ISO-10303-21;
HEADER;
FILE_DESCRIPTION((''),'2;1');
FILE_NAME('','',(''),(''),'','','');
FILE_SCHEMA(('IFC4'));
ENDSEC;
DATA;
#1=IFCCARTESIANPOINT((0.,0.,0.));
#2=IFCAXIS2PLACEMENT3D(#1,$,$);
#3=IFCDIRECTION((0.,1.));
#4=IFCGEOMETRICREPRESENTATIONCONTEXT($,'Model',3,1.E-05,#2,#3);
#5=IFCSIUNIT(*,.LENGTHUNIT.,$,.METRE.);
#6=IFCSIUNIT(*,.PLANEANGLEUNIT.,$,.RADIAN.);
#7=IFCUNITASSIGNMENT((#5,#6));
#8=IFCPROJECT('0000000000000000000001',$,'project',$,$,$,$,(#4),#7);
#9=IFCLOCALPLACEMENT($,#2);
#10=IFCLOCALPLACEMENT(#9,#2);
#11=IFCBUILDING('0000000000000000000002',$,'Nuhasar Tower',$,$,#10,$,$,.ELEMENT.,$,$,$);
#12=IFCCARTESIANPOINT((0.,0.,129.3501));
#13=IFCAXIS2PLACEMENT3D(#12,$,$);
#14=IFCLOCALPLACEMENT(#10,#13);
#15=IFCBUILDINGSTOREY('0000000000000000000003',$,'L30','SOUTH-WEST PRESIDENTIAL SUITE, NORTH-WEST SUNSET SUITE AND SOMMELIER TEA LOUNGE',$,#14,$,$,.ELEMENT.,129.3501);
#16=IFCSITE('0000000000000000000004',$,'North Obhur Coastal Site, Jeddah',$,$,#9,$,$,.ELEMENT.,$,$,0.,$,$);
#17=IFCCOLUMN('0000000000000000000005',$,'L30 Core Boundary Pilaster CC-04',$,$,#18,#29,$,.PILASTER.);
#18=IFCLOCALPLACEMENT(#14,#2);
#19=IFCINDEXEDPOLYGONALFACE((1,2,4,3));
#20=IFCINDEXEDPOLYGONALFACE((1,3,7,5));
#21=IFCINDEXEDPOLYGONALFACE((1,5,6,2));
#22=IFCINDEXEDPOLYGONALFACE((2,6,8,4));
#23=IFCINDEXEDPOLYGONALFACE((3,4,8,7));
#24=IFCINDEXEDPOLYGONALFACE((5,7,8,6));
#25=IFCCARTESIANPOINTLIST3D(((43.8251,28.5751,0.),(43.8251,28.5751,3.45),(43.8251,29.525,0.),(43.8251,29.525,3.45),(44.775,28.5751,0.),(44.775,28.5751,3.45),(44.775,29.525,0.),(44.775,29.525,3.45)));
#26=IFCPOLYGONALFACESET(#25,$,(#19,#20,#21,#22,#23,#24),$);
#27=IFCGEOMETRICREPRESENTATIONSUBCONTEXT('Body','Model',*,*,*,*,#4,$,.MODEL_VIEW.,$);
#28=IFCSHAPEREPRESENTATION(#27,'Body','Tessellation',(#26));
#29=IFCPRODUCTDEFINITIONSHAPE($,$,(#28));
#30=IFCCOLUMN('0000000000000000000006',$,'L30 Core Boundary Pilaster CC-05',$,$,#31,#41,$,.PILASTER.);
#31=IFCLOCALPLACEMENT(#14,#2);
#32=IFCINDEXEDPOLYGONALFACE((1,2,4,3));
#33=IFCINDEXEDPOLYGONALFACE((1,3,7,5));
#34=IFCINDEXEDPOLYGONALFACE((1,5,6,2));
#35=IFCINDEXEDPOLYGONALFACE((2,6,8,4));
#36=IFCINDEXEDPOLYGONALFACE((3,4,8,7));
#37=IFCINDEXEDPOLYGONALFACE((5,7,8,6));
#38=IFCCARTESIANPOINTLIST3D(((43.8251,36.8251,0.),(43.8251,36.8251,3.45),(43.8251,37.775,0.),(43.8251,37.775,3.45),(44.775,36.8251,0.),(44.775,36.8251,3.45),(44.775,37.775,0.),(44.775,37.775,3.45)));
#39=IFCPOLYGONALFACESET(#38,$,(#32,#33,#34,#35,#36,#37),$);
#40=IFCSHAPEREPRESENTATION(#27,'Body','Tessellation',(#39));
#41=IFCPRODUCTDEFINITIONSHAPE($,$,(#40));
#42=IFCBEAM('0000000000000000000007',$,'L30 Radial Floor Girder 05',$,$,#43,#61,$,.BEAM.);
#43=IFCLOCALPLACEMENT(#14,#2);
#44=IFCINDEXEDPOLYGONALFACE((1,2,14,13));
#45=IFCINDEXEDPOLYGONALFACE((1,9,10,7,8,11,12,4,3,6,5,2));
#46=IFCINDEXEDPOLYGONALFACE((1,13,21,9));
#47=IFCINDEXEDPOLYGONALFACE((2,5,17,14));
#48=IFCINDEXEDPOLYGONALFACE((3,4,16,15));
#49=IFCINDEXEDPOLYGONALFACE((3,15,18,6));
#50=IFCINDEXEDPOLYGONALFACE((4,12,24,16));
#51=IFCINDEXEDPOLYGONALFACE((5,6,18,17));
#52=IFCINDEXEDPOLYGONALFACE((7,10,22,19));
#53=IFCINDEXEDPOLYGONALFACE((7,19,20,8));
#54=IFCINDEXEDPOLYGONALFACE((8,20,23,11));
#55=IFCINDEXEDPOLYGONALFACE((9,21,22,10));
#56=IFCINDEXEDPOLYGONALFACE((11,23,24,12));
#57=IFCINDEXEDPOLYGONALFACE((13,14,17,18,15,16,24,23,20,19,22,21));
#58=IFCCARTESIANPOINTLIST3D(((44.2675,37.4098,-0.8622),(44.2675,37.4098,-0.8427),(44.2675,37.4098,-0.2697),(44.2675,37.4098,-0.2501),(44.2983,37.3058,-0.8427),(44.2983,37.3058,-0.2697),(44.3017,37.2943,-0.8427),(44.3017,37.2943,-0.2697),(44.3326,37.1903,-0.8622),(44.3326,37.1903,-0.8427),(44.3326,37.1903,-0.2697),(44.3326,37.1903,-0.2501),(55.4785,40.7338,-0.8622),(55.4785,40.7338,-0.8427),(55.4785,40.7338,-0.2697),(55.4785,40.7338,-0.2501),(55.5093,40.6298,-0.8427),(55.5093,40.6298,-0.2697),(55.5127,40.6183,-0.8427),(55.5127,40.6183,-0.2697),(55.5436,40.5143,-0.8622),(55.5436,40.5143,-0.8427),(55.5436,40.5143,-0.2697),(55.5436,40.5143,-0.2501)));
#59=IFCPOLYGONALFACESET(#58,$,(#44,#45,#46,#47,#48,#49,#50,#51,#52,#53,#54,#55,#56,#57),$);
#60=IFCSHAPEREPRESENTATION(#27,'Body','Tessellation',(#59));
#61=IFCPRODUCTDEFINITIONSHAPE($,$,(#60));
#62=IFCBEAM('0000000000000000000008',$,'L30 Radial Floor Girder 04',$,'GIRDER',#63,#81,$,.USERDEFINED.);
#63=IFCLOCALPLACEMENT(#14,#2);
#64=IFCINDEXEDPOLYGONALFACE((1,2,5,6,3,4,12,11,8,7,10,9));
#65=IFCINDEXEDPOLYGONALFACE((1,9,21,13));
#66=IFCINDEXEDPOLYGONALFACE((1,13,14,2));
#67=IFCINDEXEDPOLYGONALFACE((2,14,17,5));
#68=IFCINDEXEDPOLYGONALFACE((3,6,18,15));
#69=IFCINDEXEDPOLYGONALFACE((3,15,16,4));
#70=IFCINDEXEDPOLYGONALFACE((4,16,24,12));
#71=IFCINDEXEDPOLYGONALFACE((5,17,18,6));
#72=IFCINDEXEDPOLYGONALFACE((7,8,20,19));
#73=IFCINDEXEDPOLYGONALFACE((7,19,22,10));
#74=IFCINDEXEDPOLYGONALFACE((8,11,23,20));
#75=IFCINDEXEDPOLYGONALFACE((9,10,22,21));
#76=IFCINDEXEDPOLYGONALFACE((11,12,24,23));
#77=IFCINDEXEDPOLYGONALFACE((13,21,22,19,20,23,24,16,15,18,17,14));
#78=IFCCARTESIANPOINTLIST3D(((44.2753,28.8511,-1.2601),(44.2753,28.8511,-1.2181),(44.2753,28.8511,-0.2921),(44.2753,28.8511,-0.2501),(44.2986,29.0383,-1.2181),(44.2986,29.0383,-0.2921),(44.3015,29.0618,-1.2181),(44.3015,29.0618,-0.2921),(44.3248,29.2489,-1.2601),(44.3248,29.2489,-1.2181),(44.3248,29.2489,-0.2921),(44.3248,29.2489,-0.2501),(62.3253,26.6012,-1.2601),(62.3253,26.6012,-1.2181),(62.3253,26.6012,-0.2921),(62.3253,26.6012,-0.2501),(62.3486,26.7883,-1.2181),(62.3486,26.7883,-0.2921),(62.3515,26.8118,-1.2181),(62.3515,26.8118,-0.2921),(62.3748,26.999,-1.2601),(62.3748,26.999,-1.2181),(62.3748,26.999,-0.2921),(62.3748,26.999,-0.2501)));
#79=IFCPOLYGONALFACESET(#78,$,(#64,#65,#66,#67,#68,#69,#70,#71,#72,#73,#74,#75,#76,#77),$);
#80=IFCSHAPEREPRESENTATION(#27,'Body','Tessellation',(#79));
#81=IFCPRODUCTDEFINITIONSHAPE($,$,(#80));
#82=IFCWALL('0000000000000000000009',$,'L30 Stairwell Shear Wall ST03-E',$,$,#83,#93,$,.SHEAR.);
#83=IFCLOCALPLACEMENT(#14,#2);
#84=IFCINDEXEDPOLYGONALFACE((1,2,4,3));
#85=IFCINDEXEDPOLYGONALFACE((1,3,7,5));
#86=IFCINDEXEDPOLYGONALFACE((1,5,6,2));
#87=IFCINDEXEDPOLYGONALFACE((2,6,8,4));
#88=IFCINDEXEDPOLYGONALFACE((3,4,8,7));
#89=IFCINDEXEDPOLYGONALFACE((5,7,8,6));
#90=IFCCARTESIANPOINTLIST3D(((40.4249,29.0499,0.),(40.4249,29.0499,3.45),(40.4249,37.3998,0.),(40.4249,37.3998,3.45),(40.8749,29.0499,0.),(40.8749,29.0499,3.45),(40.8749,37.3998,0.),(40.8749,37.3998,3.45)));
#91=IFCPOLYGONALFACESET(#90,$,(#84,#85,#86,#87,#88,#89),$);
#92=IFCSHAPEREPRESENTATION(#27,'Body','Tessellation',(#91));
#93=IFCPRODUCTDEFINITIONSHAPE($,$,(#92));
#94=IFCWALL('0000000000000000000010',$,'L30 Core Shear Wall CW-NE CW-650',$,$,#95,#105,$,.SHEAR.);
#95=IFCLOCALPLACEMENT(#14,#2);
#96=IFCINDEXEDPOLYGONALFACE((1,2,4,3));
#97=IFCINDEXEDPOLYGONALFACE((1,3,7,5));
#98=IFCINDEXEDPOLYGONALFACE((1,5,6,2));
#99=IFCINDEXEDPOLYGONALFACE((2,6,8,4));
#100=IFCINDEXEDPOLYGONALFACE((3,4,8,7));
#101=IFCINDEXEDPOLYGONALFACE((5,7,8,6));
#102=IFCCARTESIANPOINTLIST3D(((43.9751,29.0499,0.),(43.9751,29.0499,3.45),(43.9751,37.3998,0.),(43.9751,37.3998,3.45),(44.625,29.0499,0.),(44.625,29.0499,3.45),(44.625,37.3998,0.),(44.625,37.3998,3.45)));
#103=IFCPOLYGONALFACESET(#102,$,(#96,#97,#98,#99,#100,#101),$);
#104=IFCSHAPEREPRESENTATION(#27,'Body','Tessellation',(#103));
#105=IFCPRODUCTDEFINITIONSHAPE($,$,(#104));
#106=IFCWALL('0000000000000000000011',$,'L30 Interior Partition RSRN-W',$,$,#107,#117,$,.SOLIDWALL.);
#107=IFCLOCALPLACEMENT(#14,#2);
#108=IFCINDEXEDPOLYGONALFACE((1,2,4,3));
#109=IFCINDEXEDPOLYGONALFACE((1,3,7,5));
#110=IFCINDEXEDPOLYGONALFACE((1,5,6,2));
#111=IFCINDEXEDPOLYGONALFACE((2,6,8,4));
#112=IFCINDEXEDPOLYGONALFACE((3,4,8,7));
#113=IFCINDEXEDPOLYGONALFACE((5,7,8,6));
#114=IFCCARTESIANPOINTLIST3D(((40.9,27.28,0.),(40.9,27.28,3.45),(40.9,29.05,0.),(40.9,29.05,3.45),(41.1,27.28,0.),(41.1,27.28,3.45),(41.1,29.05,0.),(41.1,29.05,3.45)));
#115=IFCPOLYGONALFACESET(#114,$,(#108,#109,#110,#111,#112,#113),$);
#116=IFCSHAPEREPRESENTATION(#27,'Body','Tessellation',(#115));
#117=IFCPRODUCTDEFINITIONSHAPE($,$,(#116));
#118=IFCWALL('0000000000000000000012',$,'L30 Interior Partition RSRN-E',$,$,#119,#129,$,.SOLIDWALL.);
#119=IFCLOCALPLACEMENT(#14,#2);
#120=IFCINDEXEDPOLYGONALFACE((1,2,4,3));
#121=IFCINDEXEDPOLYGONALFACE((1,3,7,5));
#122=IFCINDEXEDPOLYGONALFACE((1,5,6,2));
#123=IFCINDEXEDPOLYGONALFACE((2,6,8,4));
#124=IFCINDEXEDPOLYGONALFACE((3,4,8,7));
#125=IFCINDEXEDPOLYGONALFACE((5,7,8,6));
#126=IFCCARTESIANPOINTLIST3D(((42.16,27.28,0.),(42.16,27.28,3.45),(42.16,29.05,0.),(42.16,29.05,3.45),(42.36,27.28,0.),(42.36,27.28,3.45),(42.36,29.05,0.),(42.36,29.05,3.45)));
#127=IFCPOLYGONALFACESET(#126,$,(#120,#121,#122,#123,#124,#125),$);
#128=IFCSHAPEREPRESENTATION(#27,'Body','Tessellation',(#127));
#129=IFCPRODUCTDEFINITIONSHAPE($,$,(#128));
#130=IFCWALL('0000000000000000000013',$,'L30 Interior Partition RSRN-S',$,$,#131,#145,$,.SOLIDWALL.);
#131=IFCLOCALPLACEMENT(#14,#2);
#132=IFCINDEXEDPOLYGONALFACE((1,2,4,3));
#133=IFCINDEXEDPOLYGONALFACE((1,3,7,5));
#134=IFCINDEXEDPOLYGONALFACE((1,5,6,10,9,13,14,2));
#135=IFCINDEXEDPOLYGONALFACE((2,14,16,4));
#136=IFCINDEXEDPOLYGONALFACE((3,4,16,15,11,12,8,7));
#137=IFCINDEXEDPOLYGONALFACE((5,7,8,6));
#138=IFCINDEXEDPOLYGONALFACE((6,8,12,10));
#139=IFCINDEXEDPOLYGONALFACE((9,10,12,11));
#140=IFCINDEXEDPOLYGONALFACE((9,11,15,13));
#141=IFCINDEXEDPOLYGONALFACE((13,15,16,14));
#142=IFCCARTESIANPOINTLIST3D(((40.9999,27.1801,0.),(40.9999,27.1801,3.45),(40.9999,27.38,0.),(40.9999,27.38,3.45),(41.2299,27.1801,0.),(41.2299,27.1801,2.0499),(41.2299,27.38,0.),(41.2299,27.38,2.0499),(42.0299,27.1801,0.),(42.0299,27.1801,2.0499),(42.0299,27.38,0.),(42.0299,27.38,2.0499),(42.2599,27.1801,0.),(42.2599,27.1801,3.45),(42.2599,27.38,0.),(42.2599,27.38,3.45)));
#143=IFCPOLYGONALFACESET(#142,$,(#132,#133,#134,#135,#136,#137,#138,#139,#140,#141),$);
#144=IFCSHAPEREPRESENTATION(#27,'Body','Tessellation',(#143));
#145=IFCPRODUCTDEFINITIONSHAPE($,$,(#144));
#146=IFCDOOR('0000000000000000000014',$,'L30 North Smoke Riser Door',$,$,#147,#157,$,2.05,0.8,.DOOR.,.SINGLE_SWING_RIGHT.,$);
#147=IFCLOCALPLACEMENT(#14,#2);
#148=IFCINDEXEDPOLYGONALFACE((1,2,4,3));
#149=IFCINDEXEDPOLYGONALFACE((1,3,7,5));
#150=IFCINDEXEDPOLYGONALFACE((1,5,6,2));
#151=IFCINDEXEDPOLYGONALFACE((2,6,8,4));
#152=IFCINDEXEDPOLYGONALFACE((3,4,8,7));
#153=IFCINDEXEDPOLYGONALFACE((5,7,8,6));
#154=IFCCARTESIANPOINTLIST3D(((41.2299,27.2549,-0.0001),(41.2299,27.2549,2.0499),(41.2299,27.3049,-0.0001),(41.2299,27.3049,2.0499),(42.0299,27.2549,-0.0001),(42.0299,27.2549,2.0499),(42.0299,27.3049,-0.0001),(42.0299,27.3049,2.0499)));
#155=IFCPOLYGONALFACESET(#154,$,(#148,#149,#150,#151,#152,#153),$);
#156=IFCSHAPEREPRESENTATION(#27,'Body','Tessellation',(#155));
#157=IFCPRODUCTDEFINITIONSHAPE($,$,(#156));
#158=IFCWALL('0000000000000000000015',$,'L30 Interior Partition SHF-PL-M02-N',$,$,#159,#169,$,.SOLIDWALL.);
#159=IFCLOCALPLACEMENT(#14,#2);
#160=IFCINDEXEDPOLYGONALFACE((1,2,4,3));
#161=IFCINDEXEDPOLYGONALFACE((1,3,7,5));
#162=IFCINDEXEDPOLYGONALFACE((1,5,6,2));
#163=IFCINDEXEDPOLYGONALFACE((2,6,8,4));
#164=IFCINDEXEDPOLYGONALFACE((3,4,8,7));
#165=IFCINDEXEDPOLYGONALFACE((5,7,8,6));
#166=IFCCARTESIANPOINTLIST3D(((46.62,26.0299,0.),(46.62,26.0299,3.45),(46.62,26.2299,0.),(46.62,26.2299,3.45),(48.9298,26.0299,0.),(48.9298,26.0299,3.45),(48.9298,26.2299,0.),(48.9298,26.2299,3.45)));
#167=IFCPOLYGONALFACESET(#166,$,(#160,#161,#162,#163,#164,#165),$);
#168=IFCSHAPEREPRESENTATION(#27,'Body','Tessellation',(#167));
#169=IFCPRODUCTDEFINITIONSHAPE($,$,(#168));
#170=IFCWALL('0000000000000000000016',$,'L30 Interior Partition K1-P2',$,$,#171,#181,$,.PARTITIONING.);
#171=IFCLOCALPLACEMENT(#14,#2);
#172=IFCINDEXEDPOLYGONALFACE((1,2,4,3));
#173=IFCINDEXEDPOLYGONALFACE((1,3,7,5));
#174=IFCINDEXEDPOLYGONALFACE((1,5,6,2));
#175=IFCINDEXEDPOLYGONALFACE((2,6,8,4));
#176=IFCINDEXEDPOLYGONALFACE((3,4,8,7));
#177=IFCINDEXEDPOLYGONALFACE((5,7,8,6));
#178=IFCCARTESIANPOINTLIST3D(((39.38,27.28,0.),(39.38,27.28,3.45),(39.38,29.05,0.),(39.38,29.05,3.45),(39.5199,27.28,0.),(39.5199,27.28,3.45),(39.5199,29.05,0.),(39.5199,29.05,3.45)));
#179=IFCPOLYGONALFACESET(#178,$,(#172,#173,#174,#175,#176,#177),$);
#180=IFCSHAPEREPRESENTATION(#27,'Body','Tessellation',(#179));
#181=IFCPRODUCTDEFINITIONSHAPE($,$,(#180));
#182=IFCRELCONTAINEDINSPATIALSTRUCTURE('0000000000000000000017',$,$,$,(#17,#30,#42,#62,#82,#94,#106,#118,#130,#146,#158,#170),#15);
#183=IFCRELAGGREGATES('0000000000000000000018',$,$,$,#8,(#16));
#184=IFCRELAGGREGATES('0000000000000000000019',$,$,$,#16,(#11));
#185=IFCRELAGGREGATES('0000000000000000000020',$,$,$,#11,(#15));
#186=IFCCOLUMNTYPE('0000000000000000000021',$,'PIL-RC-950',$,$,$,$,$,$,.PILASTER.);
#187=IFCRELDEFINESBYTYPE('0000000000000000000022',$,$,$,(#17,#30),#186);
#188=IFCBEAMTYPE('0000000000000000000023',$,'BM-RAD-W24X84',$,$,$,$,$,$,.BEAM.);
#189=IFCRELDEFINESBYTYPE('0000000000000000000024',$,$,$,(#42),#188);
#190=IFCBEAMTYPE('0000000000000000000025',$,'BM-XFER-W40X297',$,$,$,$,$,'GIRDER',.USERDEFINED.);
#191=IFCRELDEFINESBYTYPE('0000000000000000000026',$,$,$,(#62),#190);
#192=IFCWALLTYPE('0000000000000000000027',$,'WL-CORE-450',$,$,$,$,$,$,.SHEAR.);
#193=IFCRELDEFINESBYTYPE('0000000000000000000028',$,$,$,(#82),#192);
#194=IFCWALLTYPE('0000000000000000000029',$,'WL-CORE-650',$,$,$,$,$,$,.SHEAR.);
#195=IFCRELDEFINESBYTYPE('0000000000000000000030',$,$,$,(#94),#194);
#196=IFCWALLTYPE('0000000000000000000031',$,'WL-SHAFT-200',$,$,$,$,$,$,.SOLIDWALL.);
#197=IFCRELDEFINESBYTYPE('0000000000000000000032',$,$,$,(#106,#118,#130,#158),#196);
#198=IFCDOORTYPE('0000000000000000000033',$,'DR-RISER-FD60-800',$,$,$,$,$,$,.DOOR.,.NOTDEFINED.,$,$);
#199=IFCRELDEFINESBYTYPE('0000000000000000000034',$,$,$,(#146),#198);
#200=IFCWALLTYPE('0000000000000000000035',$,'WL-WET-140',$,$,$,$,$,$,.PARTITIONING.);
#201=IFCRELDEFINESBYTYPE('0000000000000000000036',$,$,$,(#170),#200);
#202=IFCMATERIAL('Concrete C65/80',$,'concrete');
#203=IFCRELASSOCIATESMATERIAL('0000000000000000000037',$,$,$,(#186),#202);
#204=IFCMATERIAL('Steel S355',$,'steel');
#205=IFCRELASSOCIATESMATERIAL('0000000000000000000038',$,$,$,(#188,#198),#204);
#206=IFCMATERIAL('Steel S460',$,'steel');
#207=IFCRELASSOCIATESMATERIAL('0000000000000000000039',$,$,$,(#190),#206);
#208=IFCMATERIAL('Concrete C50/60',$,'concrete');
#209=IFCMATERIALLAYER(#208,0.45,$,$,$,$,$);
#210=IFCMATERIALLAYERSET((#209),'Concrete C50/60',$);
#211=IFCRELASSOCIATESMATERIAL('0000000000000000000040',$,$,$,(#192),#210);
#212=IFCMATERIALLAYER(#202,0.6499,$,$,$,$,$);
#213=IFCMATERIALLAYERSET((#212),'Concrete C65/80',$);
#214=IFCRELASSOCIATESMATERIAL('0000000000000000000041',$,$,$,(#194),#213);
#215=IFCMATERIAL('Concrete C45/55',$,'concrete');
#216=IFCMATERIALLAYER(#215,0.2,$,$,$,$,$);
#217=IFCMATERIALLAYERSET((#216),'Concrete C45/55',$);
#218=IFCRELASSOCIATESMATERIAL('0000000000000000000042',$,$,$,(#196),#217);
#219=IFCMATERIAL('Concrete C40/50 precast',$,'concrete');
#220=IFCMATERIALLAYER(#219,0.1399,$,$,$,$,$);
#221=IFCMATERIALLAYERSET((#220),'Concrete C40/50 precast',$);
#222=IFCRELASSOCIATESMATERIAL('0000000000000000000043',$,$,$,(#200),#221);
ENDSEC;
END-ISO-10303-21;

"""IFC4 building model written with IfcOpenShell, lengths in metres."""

from ifc_helpers import new_model, si_unit, direction, frame, frame_2d, origin, origin_2d, place, context, subcontext, project, spatial, rectangle, i_section, extrude, material, layer, layer_set, material_profile, profile_set, type_object, element, fill, save


model = new_model("IFC4")

# Units and contexts
model_context = context("Model", 3, precision=1e-05, world=origin(), true_north=direction((0.0, 1.0)))
body_context = subcontext(model_context, "Body", "Model", "MODEL_VIEW")
ifc_project = project(units=[si_unit("LENGTHUNIT", "METRE"), si_unit("PLANEANGLEUNIT", "RADIAN")], contexts=[model_context])

# Site, building, storey
site_placement = place(None, origin())
site = spatial("IfcSite", under=ifc_project, at=site_placement, Name="North Obhur Coastal Site, Jeddah", CompositionType="ELEMENT", RefElevation=0.0)
building_placement = place(site_placement, origin())
building = spatial("IfcBuilding", under=site, at=building_placement, Name="Nuhasar Tower", CompositionType="ELEMENT")
storey_placement = place(building_placement, frame((0.0, 0.0, 129.3501)))
storey = spatial("IfcBuildingStorey", under=building, at=storey_placement, Name="L30", Description="SOUTH-WEST PRESIDENTIAL SUITE, NORTH-WEST SUNSET SUITE AND SOMMELIER TEA LOUNGE", CompositionType="ELEMENT", Elevation=129.3501)

# Columns
ifc_material_1 = material(Name="Concrete C65/80", Category="concrete")
ifc_material_profile_1 = material_profile(ifc_material_1, rectangle(XDim=0.95, YDim=0.95, at=origin_2d()), Name="RC950X950")
ifc_profile_set_1 = profile_set([ifc_material_profile_1], Name="Concrete C65/80")
column_type = type_object("IfcColumnType", Name="PIL-RC-950", PredefinedType="PILASTER", material=ifc_profile_set_1)
for number, where, z_axis, x_axis, name in (
    (1, (44.3, 29.05, 0.0), (0.0, 0.0, 1.0), (1.0, 0.0, 0.0), "L30 Core Boundary Pilaster CC-04"),
    (2, (44.3, 37.3, 0.0), (0.0, 0.0, 1.0), (1.0, 0.0, 0.0), "L30 Core Boundary Pilaster CC-05"),
):
    element("IfcColumn", number, at=place(storey_placement, frame(where, z_axis=z_axis, x_axis=x_axis)), inside=storey, type_object=column_type, Name=name, PredefinedType="PILASTER", context=body_context, shape_type="SweptSolid", body=[
        extrude(rectangle(XDim=0.95, YDim=0.95, at=origin_2d()), origin(), (0.0, 0.0, 1.0), 3.45),
    ])

# Beams
ifc_material_2 = material(Name="Steel S355", Category="steel")
ifc_material_profile_2 = material_profile(ifc_material_2, i_section(OverallWidth=0.229, OverallDepth=0.6121, WebThickness=0.012, FlangeThickness=0.0195, at=origin_2d()), Name="W24X84")
ifc_profile_set_2 = profile_set([ifc_material_profile_2], Name="Steel S355")
beam_type_1 = type_object("IfcBeamType", Name="BM-RAD-W24X84", PredefinedType="BEAM", material=ifc_profile_set_2)
beam_1_placement = place(storey_placement, frame((44.3, 37.3, -0.5562), z_axis=(0.958746, 0.284262, 0.0), x_axis=(-0.284262, 0.958746, 0.0)))
element("IfcBeam", 3, at=beam_1_placement, inside=storey, type_object=beam_type_1, Name="L30 Radial Floor Girder 05", PredefinedType="BEAM", context=body_context, shape_type="SweptSolid", body=[
    extrude(i_section(OverallWidth=0.229, OverallDepth=0.6121, WebThickness=0.012, FlangeThickness=0.0195, at=origin_2d()), origin(), (0.0, 0.0, 1.0), 11.6934),
])
ifc_material_3 = material(Name="Steel S460", Category="steel")
ifc_material_profile_3 = material_profile(ifc_material_3, i_section(OverallWidth=0.4009, OverallDepth=1.01, WebThickness=0.0237, FlangeThickness=0.042, at=origin_2d()), Name="W40X297")
ifc_profile_set_3 = profile_set([ifc_material_profile_3], Name="Steel S460")
beam_type_2 = type_object("IfcBeamType", Name="BM-XFER-W40X297", ElementType="GIRDER", PredefinedType="USERDEFINED", material=ifc_profile_set_3)
beam_2_placement = place(storey_placement, frame((44.3, 29.05, -0.7551), z_axis=(0.99232, -0.123696, 0.0), x_axis=(0.123696, 0.99232, 0.0)))
element("IfcBeam", 4, at=beam_2_placement, inside=storey, type_object=beam_type_2, Name="L30 Radial Floor Girder 04", ObjectType="GIRDER", PredefinedType="USERDEFINED", context=body_context, shape_type="SweptSolid", body=[
    extrude(i_section(OverallWidth=0.4009, OverallDepth=1.01, WebThickness=0.0237, FlangeThickness=0.042, at=origin_2d()), origin(), (0.0, 0.0, 1.0), 18.1897),
])

# Shared definitions
ifc_material_4 = material(Name="Concrete C50/60", Category="concrete")
ifc_layer_1 = layer(ifc_material_4, 0.45)
ifc_layer_set_1 = layer_set([ifc_layer_1], Name="Concrete C50/60")
wall_type_1 = type_object("IfcWallType", Name="WL-CORE-450", PredefinedType="SHEAR", material=ifc_layer_set_1)

# Walls
wall_1_placement = place(storey_placement, frame((40.6499, 29.05, 0.0), z_axis=(0.0, 0.0, 1.0), x_axis=(0.0, 1.0, 0.0)))
element("IfcWall", 5, at=wall_1_placement, inside=storey, type_object=wall_type_1, Name="L30 Stairwell Shear Wall ST03-E", PredefinedType="SHEAR", context=body_context, shape_type="SweptSolid", body=[
    extrude(rectangle(XDim=8.3499, YDim=0.45, at=frame_2d((4.1748, 0.0))), origin(), (0.0, 0.0, 1.0), 3.45),
])
ifc_layer_2 = layer(ifc_material_1, 0.6499)
ifc_layer_set_2 = layer_set([ifc_layer_2], Name="Concrete C65/80")
wall_type_2 = type_object("IfcWallType", Name="WL-CORE-650", PredefinedType="SHEAR", material=ifc_layer_set_2)
wall_2_placement = place(storey_placement, frame((44.3, 29.05, 0.0), z_axis=(0.0, 0.0, 1.0), x_axis=(0.0, 1.0, 0.0)))
element("IfcWall", 6, at=wall_2_placement, inside=storey, type_object=wall_type_2, Name="L30 Core Shear Wall CW-NE CW-650", PredefinedType="SHEAR", context=body_context, shape_type="SweptSolid", body=[
    extrude(rectangle(XDim=8.3499, YDim=0.6499, at=frame_2d((4.1748, 0.0))), origin(), (0.0, 0.0, 1.0), 3.45),
])
ifc_material_5 = material(Name="Concrete C45/55", Category="concrete")
ifc_layer_3 = layer(ifc_material_5, 0.2)
ifc_layer_set_3 = layer_set([ifc_layer_3], Name="Concrete C45/55")
wall_type_3 = type_object("IfcWallType", Name="WL-SHAFT-200", PredefinedType="SOLIDWALL", material=ifc_layer_set_3)
for number, where, z_axis, x_axis, name in (
    (7, (41.0, 27.28, 0.0), (0.0, 0.0, 1.0), (0.0, 1.0, 0.0), "L30 Interior Partition RSRN-W"),
    (8, (42.26, 27.28, 0.0), (0.0, 0.0, 1.0), (0.0, 1.0, 0.0), "L30 Interior Partition RSRN-E"),
):
    element("IfcWall", number, at=place(storey_placement, frame(where, z_axis=z_axis, x_axis=x_axis)), inside=storey, type_object=wall_type_3, Name=name, PredefinedType="SOLIDWALL", context=body_context, shape_type="SweptSolid", body=[
        extrude(rectangle(XDim=1.77, YDim=0.2, at=frame_2d((0.885, 0.0))), origin(), (0.0, 0.0, 1.0), 3.45),
    ])

# Wall, opening, door
wall_3_placement = place(storey_placement, frame((41.0, 27.28, 0.0), z_axis=(0.0, 0.0, 1.0), x_axis=(1.0, 0.0, 0.0)))
wall_3 = element("IfcWall", 9, at=wall_3_placement, inside=storey, type_object=wall_type_3, Name="L30 Interior Partition RSRN-S", PredefinedType="SOLIDWALL", context=body_context, shape_type="SweptSolid", body=[
    extrude(rectangle(XDim=1.26, YDim=0.2, at=frame_2d((0.6299, 0.0))), origin(), (0.0, 0.0, 1.0), 3.45),
])
opening_1_placement = place(wall_3_placement, frame((0.23, 0.0, 0.0)))
opening_1 = element("IfcOpeningElement", 10, at=opening_1_placement, cuts=wall_3, PredefinedType="OPENING", context=body_context, shape_type="SweptSolid", body=[
    extrude(rectangle(XDim=0.8, YDim=2.05, at=frame_2d((0.3999, 1.0249))), frame((0.0, 0.1099, 0.0), z_axis=(0.0, -1.0, 0.0), x_axis=(1.0, 0.0, 0.0)), (0.0, 0.0, 1.0), 0.22),
])
door_type_1 = type_object("IfcDoorType", Name="DR-RISER-FD60-800", OperationType="NOTDEFINED", PredefinedType="DOOR", material=ifc_material_2)
door_1_placement = place(opening_1_placement, origin())
door_1 = element("IfcDoor", 11, at=door_1_placement, inside=storey, type_object=door_type_1, Name="L30 North Smoke Riser Door", OperationType="SINGLE_SWING_RIGHT", OverallHeight=2.05, OverallWidth=0.8, PredefinedType="DOOR", context=body_context, shape_type="SweptSolid", body=[
    extrude(rectangle(XDim=0.8, YDim=2.05, at=frame_2d((0.3999, 1.0249))), frame((0.0, 0.0249, 0.0), z_axis=(0.0, -1.0, 0.0), x_axis=(1.0, 0.0, 0.0)), (0.0, 0.0, 1.0), 0.05),
])
fill(opening_1, door_1)

# Walls
wall_4_placement = place(storey_placement, frame((46.6201, 26.1299, 0.0), z_axis=(0.0, 0.0, 1.0), x_axis=(1.0, 0.0, 0.0)))
element("IfcWall", 12, at=wall_4_placement, inside=storey, type_object=wall_type_3, Name="L30 Interior Partition SHF-PL-M02-N", PredefinedType="SOLIDWALL", context=body_context, shape_type="SweptSolid", body=[
    extrude(rectangle(XDim=2.3098, YDim=0.2, at=frame_2d((1.1548, 0.0))), origin(), (0.0, 0.0, 1.0), 3.45),
])
ifc_material_6 = material(Name="Concrete C40/50 precast", Category="concrete")
ifc_layer_4 = layer(ifc_material_6, 0.1399)
ifc_layer_set_4 = layer_set([ifc_layer_4], Name="Concrete C40/50 precast")
wall_type_4 = type_object("IfcWallType", Name="WL-WET-140", PredefinedType="PARTITIONING", material=ifc_layer_set_4)
wall_5_placement = place(storey_placement, frame((39.45, 27.28, 0.0), z_axis=(0.0, 0.0, 1.0), x_axis=(0.0, 1.0, 0.0)))
element("IfcWall", 13, at=wall_5_placement, inside=storey, type_object=wall_type_4, Name="L30 Interior Partition K1-P2", PredefinedType="PARTITIONING", context=body_context, shape_type="SweptSolid", body=[
    extrude(rectangle(XDim=1.77, YDim=0.1399, at=frame_2d((0.885, 0.0))), origin(), (0.0, 0.0, 1.0), 3.45),
])

save(model, "model.ifc")
